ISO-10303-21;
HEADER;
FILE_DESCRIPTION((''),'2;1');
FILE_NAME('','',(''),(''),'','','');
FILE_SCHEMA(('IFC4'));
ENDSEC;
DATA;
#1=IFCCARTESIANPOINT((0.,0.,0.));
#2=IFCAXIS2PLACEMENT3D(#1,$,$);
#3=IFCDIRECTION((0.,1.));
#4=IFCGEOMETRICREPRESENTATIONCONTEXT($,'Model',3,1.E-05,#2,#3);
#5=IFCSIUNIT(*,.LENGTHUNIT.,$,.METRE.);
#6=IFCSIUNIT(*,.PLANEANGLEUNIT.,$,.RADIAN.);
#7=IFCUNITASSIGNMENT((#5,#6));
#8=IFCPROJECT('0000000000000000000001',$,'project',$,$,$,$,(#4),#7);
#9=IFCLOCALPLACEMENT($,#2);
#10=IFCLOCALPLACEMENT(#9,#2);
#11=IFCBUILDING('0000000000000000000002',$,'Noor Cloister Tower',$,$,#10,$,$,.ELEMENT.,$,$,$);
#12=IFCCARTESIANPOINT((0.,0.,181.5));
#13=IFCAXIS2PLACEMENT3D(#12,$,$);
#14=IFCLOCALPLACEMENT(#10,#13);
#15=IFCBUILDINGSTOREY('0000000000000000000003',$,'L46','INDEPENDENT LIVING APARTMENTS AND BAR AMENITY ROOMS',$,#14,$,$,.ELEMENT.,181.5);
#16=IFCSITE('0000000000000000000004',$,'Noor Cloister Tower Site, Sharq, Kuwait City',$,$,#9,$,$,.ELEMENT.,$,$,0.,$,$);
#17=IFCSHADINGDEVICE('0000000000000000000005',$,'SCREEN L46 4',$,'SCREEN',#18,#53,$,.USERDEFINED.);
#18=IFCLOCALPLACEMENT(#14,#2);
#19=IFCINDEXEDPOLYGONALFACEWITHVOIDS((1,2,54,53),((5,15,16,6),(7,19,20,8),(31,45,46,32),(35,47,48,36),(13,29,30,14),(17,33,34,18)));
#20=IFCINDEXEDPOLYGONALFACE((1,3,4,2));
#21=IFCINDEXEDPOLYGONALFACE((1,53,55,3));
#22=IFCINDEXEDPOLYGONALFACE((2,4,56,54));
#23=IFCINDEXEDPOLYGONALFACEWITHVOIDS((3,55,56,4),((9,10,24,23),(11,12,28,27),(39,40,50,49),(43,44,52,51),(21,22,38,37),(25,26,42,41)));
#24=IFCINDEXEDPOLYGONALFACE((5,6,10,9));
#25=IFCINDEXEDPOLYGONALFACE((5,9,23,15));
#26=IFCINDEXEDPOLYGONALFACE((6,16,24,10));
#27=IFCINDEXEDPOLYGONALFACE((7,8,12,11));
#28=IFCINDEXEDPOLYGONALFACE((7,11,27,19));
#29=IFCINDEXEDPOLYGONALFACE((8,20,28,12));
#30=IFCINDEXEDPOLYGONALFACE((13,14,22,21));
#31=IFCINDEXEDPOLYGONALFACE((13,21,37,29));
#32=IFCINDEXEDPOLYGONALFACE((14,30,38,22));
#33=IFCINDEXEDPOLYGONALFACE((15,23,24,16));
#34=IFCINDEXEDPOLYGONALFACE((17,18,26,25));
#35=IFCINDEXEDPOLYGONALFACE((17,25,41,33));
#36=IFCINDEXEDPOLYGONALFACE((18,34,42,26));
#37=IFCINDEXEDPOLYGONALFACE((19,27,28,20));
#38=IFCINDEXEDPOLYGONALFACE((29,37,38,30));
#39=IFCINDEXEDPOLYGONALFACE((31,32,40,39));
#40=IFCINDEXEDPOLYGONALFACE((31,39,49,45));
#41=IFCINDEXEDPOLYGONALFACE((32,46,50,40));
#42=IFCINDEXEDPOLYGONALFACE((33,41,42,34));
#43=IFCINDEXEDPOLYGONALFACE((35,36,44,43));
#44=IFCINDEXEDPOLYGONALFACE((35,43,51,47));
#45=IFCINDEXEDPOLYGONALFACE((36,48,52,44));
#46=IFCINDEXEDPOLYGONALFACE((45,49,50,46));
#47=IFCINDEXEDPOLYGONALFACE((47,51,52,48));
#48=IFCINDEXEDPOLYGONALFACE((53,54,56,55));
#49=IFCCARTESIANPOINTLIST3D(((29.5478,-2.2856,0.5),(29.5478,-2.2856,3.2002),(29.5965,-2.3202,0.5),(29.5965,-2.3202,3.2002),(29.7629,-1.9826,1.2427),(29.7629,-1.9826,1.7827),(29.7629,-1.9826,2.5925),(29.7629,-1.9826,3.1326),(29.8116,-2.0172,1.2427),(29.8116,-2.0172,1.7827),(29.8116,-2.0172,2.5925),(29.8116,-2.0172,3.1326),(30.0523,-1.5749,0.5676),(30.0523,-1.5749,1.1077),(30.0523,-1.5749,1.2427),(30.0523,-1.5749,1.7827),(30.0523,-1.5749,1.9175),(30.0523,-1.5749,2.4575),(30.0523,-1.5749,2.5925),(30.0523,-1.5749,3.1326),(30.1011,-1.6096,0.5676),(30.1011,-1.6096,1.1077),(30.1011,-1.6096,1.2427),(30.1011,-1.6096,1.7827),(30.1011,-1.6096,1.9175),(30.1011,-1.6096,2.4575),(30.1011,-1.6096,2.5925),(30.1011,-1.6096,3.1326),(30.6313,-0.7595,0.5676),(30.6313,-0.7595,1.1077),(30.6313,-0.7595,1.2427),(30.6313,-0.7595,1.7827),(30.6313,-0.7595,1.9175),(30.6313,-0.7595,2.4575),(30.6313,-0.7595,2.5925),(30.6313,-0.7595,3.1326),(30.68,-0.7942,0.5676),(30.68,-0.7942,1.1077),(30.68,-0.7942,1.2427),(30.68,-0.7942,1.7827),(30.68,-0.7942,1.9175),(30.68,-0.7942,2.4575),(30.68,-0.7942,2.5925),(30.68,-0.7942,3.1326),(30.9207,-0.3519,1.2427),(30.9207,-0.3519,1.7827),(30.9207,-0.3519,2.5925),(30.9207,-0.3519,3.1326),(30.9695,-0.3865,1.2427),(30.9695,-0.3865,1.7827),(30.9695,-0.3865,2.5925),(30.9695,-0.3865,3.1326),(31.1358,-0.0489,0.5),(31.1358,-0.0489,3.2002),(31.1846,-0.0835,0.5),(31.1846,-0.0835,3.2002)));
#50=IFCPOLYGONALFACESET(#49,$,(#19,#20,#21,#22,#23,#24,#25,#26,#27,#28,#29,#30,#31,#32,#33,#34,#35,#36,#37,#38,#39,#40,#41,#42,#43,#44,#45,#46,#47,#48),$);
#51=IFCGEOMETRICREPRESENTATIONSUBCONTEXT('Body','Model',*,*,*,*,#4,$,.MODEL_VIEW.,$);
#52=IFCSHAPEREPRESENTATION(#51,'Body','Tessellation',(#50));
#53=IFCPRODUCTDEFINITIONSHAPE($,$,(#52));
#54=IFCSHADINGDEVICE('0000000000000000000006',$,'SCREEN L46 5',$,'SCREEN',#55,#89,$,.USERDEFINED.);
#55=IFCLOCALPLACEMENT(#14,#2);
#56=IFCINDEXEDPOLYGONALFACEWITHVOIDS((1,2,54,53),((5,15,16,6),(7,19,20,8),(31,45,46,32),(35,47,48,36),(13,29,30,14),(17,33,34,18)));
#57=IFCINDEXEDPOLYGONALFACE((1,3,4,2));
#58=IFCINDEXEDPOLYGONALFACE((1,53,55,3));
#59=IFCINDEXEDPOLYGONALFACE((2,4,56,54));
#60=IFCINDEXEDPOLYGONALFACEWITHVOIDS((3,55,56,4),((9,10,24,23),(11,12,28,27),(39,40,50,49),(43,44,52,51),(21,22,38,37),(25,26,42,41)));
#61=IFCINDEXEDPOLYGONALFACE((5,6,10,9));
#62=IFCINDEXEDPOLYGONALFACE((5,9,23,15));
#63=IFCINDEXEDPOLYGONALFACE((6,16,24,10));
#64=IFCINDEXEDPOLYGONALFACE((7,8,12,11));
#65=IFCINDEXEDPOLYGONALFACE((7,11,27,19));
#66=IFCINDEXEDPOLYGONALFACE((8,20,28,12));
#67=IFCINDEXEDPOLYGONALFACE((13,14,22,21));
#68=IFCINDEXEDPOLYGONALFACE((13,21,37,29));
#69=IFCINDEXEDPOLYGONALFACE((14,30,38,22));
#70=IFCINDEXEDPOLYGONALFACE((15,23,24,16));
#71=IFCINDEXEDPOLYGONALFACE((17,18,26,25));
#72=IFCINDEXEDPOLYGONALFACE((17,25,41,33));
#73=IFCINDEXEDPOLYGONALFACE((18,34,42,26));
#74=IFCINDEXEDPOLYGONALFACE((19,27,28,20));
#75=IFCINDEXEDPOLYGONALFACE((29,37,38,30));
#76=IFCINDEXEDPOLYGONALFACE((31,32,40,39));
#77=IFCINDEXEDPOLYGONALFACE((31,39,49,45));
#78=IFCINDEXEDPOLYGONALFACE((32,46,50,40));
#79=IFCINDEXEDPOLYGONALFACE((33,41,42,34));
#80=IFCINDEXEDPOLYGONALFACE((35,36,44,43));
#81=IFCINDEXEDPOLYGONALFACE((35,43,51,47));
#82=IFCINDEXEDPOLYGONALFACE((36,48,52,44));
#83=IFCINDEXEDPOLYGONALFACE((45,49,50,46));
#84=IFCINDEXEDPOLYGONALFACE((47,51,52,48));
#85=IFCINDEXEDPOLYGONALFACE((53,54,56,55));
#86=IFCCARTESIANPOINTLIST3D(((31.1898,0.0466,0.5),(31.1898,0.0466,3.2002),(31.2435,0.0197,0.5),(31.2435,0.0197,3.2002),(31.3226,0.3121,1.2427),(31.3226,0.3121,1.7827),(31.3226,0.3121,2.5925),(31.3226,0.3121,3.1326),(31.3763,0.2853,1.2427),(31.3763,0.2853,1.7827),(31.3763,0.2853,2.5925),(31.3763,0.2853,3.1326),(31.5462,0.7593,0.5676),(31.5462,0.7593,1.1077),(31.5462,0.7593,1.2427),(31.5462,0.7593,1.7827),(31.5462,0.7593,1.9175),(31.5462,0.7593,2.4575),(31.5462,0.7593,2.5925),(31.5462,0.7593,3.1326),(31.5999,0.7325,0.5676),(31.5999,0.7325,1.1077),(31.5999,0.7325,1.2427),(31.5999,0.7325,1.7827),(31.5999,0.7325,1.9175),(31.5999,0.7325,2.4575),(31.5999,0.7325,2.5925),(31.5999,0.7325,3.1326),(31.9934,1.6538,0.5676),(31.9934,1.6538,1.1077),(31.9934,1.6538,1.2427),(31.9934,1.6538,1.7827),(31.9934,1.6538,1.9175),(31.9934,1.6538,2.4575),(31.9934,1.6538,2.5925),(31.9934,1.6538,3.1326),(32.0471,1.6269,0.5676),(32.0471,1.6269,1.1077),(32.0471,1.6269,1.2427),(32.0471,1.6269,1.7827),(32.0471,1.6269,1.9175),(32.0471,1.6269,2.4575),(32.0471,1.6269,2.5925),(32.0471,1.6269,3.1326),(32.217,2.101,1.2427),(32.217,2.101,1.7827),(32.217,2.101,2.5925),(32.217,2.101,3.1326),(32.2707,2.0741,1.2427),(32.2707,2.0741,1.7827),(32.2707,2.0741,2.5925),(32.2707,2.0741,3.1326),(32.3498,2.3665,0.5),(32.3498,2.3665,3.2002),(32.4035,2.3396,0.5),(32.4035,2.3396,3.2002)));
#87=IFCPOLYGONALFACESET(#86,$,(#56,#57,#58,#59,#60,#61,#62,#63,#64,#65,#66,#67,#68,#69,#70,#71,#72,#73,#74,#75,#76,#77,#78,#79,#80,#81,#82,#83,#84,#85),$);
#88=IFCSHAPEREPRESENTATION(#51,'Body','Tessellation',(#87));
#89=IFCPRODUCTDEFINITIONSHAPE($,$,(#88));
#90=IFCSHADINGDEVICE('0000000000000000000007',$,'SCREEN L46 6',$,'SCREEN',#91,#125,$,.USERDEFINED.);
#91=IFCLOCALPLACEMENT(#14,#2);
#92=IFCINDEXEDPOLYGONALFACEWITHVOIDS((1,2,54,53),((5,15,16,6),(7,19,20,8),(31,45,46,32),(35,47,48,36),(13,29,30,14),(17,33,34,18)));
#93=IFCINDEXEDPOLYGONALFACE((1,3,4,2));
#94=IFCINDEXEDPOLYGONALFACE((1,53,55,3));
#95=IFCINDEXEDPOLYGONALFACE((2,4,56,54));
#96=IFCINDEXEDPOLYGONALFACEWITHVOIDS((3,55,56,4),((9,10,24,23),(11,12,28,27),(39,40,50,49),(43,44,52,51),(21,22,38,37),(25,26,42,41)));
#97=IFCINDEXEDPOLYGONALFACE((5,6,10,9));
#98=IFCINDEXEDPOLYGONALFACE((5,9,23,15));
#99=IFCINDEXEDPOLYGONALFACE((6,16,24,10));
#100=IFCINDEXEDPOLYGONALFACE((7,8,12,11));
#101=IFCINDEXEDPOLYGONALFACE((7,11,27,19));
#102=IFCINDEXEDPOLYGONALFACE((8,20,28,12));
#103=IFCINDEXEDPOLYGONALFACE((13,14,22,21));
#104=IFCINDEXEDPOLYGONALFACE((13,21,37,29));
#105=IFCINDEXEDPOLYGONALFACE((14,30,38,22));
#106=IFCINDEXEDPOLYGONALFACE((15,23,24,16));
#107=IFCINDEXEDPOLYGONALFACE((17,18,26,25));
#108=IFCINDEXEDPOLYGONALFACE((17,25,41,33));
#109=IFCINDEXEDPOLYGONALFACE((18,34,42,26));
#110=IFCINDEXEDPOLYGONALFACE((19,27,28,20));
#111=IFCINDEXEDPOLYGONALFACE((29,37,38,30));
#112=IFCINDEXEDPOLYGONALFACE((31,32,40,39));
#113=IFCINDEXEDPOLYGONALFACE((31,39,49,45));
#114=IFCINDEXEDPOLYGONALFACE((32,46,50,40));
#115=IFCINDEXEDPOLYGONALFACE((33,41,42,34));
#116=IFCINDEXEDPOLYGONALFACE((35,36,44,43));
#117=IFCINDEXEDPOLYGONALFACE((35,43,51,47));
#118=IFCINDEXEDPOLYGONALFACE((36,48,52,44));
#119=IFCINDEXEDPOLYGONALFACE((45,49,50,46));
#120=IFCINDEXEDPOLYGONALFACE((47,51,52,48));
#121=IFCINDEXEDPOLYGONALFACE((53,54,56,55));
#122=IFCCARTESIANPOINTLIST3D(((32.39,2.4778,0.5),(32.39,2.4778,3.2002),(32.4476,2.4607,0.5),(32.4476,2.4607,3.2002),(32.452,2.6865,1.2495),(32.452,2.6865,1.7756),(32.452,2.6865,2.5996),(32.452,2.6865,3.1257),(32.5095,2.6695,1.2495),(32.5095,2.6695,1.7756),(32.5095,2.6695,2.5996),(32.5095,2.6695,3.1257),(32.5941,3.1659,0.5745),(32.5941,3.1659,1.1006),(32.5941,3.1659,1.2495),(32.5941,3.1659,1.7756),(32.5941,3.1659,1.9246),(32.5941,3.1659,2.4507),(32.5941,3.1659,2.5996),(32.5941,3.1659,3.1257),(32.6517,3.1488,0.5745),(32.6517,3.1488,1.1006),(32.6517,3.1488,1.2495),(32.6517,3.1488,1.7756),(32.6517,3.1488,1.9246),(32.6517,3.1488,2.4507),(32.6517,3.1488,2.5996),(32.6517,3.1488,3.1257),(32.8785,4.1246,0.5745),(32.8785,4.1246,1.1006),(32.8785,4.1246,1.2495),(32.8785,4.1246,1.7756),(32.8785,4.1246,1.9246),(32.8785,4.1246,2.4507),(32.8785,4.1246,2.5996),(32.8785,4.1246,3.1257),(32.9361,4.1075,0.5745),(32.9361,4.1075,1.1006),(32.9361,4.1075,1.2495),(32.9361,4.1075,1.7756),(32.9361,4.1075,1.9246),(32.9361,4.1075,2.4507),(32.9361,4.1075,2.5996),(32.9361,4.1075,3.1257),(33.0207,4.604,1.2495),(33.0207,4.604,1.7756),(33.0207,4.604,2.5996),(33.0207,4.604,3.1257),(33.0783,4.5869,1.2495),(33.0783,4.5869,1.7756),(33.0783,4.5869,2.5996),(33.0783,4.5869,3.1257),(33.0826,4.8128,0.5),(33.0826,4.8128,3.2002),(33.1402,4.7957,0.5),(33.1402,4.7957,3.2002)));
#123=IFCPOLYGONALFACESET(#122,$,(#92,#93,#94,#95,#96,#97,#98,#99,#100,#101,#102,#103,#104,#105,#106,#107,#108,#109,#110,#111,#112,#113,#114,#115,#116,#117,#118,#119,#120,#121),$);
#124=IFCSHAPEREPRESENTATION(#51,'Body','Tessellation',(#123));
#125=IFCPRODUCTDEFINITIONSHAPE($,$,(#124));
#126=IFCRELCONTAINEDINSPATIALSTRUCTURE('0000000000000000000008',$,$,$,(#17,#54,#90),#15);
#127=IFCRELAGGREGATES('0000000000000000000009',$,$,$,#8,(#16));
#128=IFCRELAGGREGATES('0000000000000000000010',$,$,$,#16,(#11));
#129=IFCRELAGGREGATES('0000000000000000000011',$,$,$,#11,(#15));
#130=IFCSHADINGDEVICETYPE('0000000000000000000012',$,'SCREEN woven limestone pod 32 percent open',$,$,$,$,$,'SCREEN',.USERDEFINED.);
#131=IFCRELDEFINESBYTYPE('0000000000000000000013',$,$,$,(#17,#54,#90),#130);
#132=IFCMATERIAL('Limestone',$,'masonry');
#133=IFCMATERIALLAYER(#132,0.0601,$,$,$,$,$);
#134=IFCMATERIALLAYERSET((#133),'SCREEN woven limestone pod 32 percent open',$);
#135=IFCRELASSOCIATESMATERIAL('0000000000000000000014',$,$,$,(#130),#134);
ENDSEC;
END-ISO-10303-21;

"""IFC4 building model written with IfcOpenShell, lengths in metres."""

from ifc_helpers import new_model, si_unit, direction, frame, origin, place, context, subcontext, project, spatial, polyline, outline, extrude, material, layer, layer_set, type_object, element, save


model = new_model("IFC4")

# Units and contexts
model_context = context("Model", 3, precision=1e-05, world=origin(), true_north=direction((0.0, 1.0)))
body_context = subcontext(model_context, "Body", "Model", "MODEL_VIEW")
ifc_project = project(units=[si_unit("LENGTHUNIT", "METRE"), si_unit("PLANEANGLEUNIT", "RADIAN")], contexts=[model_context])

# Site, building, storey
site_placement = place(None, origin())
site = spatial("IfcSite", under=ifc_project, at=site_placement, Name="Noor Cloister Tower Site, Sharq, Kuwait City", CompositionType="ELEMENT", RefElevation=0.0)
building_placement = place(site_placement, origin())
building = spatial("IfcBuilding", under=site, at=building_placement, Name="Noor Cloister Tower", CompositionType="ELEMENT")
storey_placement = place(building_placement, frame((0.0, 0.0, 181.5)))
storey = spatial("IfcBuildingStorey", under=building, at=storey_placement, Name="L46", Description="INDEPENDENT LIVING APARTMENTS AND BAR AMENITY ROOMS", CompositionType="ELEMENT", Elevation=181.5)

# Shading devices
ifc_material_1 = material(Name="Limestone", Category="masonry")
ifc_layer_1 = layer(ifc_material_1, 0.0601)
ifc_layer_set_1 = layer_set([ifc_layer_1], Name="SCREEN woven limestone pod 32 percent open")
shading_device_type = type_object("IfcShadingDeviceType", Name="SCREEN woven limestone pod 32 percent open", ElementType="SCREEN", PredefinedType="USERDEFINED", material=ifc_layer_set_1)
shading_device_1_placement = place(storey_placement, frame((30.3418, -1.1672, 1.8501), z_axis=(0.815383, -0.578922, 0.0), x_axis=(0.578922, 0.815383, 0.0)))
element("IfcShadingDevice", 1, at=shading_device_1_placement, inside=storey, type_object=shading_device_type, Name="SCREEN L46 4", ObjectType="SCREEN", PredefinedType="USERDEFINED", context=body_context, shape_type="SweptSolid", body=[
    extrude(outline(polyline([(-1.3716, -1.3501), (1.3716, -1.3501), (1.3716, 1.3501), (-1.3716, 1.3501), (-1.3716, -1.3501)]), holes=[polyline([(-0.5, -1.2825), (0.5, -1.2825), (0.5, -0.7424), (-0.5, -0.7424), (-0.5, -1.2825)]), polyline([(-1.0, -0.6074), (-0.5, -0.6074), (-0.5, -0.0674), (-1.0, -0.0674), (-1.0, -0.6074)]), polyline([(0.5, -0.6074), (1.0, -0.6074), (1.0, -0.0674), (0.5, -0.0674), (0.5, -0.6074)]), polyline([(-0.5, 0.0674), (0.5, 0.0674), (0.5, 0.6074), (-0.5, 0.6074), (-0.5, 0.0674)]), polyline([(-1.0, 0.7424), (-0.5, 0.7424), (-0.5, 1.2825), (-1.0, 1.2825), (-1.0, 0.7424)]), polyline([(0.5, 0.7424), (1.0, 0.7424), (1.0, 1.2825), (0.5, 1.2825), (0.5, 0.7424)])]), origin(), (0.0, 0.0, 1.0), 0.0598),
])
shading_device_2_placement = place(storey_placement, frame((31.7698, 1.2065, 1.8501), z_axis=(0.894427, -0.447214, 0.0), x_axis=(0.447214, 0.894427, 0.0)))
element("IfcShadingDevice", 2, at=shading_device_2_placement, inside=storey, type_object=shading_device_type, Name="SCREEN L46 5", ObjectType="SCREEN", PredefinedType="USERDEFINED", context=body_context, shape_type="SweptSolid", body=[
    extrude(outline(polyline([(-1.2969, -1.3501), (1.2969, -1.3501), (1.2969, 1.3501), (-1.2969, 1.3501), (-1.2969, -1.3501)]), holes=[polyline([(-0.5, -1.2825), (0.5, -1.2825), (0.5, -0.7424), (-0.5, -0.7424), (-0.5, -1.2825)]), polyline([(-1.0, -0.6074), (-0.5, -0.6074), (-0.5, -0.0674), (-1.0, -0.0674), (-1.0, -0.6074)]), polyline([(0.5, -0.6074), (1.0, -0.6074), (1.0, -0.0674), (0.5, -0.0674), (0.5, -0.6074)]), polyline([(-0.5, 0.0674), (0.5, 0.0674), (0.5, 0.6074), (-0.5, 0.6074), (-0.5, 0.0674)]), polyline([(-1.0, 0.7424), (-0.5, 0.7424), (-0.5, 1.2825), (-1.0, 1.2825), (-1.0, 0.7424)]), polyline([(0.5, 0.7424), (1.0, 0.7424), (1.0, 1.2825), (0.5, 1.2825), (0.5, 0.7424)])]), origin(), (0.0, 0.0, 1.0), 0.0601),
])
shading_device_3_placement = place(storey_placement, frame((32.7363, 3.6453, 1.8501), z_axis=(0.958716, -0.284365, 0.0), x_axis=(0.284365, 0.958716, 0.0)))
element("IfcShadingDevice", 3, at=shading_device_3_placement, inside=storey, type_object=shading_device_type, Name="SCREEN L46 6", ObjectType="SCREEN", PredefinedType="USERDEFINED", context=body_context, shape_type="SweptSolid", body=[
    extrude(outline(polyline([(-1.2178, -1.3501), (1.2178, -1.3501), (1.2178, 1.3501), (-1.2178, 1.3501), (-1.2178, -1.3501)]), holes=[polyline([(-0.5, -1.2756), (0.5, -1.2756), (0.5, -0.7495), (-0.5, -0.7495), (-0.5, -1.2756)]), polyline([(-1.0, -0.6006), (-0.5, -0.6006), (-0.5, -0.0745), (-1.0, -0.0745), (-1.0, -0.6006)]), polyline([(0.5, -0.6006), (1.0, -0.6006), (1.0, -0.0745), (0.5, -0.0745), (0.5, -0.6006)]), polyline([(-0.5, 0.0745), (0.5, 0.0745), (0.5, 0.6006), (-0.5, 0.6006), (-0.5, 0.0745)]), polyline([(-1.0, 0.7495), (-0.5, 0.7495), (-0.5, 1.2756), (-1.0, 1.2756), (-1.0, 0.7495)]), polyline([(0.5, 0.7495), (1.0, 0.7495), (1.0, 1.2756), (0.5, 1.2756), (0.5, 0.7495)])]), origin(), (0.0, 0.0, 1.0), 0.0601),
])

save(model, "model.ifc")
